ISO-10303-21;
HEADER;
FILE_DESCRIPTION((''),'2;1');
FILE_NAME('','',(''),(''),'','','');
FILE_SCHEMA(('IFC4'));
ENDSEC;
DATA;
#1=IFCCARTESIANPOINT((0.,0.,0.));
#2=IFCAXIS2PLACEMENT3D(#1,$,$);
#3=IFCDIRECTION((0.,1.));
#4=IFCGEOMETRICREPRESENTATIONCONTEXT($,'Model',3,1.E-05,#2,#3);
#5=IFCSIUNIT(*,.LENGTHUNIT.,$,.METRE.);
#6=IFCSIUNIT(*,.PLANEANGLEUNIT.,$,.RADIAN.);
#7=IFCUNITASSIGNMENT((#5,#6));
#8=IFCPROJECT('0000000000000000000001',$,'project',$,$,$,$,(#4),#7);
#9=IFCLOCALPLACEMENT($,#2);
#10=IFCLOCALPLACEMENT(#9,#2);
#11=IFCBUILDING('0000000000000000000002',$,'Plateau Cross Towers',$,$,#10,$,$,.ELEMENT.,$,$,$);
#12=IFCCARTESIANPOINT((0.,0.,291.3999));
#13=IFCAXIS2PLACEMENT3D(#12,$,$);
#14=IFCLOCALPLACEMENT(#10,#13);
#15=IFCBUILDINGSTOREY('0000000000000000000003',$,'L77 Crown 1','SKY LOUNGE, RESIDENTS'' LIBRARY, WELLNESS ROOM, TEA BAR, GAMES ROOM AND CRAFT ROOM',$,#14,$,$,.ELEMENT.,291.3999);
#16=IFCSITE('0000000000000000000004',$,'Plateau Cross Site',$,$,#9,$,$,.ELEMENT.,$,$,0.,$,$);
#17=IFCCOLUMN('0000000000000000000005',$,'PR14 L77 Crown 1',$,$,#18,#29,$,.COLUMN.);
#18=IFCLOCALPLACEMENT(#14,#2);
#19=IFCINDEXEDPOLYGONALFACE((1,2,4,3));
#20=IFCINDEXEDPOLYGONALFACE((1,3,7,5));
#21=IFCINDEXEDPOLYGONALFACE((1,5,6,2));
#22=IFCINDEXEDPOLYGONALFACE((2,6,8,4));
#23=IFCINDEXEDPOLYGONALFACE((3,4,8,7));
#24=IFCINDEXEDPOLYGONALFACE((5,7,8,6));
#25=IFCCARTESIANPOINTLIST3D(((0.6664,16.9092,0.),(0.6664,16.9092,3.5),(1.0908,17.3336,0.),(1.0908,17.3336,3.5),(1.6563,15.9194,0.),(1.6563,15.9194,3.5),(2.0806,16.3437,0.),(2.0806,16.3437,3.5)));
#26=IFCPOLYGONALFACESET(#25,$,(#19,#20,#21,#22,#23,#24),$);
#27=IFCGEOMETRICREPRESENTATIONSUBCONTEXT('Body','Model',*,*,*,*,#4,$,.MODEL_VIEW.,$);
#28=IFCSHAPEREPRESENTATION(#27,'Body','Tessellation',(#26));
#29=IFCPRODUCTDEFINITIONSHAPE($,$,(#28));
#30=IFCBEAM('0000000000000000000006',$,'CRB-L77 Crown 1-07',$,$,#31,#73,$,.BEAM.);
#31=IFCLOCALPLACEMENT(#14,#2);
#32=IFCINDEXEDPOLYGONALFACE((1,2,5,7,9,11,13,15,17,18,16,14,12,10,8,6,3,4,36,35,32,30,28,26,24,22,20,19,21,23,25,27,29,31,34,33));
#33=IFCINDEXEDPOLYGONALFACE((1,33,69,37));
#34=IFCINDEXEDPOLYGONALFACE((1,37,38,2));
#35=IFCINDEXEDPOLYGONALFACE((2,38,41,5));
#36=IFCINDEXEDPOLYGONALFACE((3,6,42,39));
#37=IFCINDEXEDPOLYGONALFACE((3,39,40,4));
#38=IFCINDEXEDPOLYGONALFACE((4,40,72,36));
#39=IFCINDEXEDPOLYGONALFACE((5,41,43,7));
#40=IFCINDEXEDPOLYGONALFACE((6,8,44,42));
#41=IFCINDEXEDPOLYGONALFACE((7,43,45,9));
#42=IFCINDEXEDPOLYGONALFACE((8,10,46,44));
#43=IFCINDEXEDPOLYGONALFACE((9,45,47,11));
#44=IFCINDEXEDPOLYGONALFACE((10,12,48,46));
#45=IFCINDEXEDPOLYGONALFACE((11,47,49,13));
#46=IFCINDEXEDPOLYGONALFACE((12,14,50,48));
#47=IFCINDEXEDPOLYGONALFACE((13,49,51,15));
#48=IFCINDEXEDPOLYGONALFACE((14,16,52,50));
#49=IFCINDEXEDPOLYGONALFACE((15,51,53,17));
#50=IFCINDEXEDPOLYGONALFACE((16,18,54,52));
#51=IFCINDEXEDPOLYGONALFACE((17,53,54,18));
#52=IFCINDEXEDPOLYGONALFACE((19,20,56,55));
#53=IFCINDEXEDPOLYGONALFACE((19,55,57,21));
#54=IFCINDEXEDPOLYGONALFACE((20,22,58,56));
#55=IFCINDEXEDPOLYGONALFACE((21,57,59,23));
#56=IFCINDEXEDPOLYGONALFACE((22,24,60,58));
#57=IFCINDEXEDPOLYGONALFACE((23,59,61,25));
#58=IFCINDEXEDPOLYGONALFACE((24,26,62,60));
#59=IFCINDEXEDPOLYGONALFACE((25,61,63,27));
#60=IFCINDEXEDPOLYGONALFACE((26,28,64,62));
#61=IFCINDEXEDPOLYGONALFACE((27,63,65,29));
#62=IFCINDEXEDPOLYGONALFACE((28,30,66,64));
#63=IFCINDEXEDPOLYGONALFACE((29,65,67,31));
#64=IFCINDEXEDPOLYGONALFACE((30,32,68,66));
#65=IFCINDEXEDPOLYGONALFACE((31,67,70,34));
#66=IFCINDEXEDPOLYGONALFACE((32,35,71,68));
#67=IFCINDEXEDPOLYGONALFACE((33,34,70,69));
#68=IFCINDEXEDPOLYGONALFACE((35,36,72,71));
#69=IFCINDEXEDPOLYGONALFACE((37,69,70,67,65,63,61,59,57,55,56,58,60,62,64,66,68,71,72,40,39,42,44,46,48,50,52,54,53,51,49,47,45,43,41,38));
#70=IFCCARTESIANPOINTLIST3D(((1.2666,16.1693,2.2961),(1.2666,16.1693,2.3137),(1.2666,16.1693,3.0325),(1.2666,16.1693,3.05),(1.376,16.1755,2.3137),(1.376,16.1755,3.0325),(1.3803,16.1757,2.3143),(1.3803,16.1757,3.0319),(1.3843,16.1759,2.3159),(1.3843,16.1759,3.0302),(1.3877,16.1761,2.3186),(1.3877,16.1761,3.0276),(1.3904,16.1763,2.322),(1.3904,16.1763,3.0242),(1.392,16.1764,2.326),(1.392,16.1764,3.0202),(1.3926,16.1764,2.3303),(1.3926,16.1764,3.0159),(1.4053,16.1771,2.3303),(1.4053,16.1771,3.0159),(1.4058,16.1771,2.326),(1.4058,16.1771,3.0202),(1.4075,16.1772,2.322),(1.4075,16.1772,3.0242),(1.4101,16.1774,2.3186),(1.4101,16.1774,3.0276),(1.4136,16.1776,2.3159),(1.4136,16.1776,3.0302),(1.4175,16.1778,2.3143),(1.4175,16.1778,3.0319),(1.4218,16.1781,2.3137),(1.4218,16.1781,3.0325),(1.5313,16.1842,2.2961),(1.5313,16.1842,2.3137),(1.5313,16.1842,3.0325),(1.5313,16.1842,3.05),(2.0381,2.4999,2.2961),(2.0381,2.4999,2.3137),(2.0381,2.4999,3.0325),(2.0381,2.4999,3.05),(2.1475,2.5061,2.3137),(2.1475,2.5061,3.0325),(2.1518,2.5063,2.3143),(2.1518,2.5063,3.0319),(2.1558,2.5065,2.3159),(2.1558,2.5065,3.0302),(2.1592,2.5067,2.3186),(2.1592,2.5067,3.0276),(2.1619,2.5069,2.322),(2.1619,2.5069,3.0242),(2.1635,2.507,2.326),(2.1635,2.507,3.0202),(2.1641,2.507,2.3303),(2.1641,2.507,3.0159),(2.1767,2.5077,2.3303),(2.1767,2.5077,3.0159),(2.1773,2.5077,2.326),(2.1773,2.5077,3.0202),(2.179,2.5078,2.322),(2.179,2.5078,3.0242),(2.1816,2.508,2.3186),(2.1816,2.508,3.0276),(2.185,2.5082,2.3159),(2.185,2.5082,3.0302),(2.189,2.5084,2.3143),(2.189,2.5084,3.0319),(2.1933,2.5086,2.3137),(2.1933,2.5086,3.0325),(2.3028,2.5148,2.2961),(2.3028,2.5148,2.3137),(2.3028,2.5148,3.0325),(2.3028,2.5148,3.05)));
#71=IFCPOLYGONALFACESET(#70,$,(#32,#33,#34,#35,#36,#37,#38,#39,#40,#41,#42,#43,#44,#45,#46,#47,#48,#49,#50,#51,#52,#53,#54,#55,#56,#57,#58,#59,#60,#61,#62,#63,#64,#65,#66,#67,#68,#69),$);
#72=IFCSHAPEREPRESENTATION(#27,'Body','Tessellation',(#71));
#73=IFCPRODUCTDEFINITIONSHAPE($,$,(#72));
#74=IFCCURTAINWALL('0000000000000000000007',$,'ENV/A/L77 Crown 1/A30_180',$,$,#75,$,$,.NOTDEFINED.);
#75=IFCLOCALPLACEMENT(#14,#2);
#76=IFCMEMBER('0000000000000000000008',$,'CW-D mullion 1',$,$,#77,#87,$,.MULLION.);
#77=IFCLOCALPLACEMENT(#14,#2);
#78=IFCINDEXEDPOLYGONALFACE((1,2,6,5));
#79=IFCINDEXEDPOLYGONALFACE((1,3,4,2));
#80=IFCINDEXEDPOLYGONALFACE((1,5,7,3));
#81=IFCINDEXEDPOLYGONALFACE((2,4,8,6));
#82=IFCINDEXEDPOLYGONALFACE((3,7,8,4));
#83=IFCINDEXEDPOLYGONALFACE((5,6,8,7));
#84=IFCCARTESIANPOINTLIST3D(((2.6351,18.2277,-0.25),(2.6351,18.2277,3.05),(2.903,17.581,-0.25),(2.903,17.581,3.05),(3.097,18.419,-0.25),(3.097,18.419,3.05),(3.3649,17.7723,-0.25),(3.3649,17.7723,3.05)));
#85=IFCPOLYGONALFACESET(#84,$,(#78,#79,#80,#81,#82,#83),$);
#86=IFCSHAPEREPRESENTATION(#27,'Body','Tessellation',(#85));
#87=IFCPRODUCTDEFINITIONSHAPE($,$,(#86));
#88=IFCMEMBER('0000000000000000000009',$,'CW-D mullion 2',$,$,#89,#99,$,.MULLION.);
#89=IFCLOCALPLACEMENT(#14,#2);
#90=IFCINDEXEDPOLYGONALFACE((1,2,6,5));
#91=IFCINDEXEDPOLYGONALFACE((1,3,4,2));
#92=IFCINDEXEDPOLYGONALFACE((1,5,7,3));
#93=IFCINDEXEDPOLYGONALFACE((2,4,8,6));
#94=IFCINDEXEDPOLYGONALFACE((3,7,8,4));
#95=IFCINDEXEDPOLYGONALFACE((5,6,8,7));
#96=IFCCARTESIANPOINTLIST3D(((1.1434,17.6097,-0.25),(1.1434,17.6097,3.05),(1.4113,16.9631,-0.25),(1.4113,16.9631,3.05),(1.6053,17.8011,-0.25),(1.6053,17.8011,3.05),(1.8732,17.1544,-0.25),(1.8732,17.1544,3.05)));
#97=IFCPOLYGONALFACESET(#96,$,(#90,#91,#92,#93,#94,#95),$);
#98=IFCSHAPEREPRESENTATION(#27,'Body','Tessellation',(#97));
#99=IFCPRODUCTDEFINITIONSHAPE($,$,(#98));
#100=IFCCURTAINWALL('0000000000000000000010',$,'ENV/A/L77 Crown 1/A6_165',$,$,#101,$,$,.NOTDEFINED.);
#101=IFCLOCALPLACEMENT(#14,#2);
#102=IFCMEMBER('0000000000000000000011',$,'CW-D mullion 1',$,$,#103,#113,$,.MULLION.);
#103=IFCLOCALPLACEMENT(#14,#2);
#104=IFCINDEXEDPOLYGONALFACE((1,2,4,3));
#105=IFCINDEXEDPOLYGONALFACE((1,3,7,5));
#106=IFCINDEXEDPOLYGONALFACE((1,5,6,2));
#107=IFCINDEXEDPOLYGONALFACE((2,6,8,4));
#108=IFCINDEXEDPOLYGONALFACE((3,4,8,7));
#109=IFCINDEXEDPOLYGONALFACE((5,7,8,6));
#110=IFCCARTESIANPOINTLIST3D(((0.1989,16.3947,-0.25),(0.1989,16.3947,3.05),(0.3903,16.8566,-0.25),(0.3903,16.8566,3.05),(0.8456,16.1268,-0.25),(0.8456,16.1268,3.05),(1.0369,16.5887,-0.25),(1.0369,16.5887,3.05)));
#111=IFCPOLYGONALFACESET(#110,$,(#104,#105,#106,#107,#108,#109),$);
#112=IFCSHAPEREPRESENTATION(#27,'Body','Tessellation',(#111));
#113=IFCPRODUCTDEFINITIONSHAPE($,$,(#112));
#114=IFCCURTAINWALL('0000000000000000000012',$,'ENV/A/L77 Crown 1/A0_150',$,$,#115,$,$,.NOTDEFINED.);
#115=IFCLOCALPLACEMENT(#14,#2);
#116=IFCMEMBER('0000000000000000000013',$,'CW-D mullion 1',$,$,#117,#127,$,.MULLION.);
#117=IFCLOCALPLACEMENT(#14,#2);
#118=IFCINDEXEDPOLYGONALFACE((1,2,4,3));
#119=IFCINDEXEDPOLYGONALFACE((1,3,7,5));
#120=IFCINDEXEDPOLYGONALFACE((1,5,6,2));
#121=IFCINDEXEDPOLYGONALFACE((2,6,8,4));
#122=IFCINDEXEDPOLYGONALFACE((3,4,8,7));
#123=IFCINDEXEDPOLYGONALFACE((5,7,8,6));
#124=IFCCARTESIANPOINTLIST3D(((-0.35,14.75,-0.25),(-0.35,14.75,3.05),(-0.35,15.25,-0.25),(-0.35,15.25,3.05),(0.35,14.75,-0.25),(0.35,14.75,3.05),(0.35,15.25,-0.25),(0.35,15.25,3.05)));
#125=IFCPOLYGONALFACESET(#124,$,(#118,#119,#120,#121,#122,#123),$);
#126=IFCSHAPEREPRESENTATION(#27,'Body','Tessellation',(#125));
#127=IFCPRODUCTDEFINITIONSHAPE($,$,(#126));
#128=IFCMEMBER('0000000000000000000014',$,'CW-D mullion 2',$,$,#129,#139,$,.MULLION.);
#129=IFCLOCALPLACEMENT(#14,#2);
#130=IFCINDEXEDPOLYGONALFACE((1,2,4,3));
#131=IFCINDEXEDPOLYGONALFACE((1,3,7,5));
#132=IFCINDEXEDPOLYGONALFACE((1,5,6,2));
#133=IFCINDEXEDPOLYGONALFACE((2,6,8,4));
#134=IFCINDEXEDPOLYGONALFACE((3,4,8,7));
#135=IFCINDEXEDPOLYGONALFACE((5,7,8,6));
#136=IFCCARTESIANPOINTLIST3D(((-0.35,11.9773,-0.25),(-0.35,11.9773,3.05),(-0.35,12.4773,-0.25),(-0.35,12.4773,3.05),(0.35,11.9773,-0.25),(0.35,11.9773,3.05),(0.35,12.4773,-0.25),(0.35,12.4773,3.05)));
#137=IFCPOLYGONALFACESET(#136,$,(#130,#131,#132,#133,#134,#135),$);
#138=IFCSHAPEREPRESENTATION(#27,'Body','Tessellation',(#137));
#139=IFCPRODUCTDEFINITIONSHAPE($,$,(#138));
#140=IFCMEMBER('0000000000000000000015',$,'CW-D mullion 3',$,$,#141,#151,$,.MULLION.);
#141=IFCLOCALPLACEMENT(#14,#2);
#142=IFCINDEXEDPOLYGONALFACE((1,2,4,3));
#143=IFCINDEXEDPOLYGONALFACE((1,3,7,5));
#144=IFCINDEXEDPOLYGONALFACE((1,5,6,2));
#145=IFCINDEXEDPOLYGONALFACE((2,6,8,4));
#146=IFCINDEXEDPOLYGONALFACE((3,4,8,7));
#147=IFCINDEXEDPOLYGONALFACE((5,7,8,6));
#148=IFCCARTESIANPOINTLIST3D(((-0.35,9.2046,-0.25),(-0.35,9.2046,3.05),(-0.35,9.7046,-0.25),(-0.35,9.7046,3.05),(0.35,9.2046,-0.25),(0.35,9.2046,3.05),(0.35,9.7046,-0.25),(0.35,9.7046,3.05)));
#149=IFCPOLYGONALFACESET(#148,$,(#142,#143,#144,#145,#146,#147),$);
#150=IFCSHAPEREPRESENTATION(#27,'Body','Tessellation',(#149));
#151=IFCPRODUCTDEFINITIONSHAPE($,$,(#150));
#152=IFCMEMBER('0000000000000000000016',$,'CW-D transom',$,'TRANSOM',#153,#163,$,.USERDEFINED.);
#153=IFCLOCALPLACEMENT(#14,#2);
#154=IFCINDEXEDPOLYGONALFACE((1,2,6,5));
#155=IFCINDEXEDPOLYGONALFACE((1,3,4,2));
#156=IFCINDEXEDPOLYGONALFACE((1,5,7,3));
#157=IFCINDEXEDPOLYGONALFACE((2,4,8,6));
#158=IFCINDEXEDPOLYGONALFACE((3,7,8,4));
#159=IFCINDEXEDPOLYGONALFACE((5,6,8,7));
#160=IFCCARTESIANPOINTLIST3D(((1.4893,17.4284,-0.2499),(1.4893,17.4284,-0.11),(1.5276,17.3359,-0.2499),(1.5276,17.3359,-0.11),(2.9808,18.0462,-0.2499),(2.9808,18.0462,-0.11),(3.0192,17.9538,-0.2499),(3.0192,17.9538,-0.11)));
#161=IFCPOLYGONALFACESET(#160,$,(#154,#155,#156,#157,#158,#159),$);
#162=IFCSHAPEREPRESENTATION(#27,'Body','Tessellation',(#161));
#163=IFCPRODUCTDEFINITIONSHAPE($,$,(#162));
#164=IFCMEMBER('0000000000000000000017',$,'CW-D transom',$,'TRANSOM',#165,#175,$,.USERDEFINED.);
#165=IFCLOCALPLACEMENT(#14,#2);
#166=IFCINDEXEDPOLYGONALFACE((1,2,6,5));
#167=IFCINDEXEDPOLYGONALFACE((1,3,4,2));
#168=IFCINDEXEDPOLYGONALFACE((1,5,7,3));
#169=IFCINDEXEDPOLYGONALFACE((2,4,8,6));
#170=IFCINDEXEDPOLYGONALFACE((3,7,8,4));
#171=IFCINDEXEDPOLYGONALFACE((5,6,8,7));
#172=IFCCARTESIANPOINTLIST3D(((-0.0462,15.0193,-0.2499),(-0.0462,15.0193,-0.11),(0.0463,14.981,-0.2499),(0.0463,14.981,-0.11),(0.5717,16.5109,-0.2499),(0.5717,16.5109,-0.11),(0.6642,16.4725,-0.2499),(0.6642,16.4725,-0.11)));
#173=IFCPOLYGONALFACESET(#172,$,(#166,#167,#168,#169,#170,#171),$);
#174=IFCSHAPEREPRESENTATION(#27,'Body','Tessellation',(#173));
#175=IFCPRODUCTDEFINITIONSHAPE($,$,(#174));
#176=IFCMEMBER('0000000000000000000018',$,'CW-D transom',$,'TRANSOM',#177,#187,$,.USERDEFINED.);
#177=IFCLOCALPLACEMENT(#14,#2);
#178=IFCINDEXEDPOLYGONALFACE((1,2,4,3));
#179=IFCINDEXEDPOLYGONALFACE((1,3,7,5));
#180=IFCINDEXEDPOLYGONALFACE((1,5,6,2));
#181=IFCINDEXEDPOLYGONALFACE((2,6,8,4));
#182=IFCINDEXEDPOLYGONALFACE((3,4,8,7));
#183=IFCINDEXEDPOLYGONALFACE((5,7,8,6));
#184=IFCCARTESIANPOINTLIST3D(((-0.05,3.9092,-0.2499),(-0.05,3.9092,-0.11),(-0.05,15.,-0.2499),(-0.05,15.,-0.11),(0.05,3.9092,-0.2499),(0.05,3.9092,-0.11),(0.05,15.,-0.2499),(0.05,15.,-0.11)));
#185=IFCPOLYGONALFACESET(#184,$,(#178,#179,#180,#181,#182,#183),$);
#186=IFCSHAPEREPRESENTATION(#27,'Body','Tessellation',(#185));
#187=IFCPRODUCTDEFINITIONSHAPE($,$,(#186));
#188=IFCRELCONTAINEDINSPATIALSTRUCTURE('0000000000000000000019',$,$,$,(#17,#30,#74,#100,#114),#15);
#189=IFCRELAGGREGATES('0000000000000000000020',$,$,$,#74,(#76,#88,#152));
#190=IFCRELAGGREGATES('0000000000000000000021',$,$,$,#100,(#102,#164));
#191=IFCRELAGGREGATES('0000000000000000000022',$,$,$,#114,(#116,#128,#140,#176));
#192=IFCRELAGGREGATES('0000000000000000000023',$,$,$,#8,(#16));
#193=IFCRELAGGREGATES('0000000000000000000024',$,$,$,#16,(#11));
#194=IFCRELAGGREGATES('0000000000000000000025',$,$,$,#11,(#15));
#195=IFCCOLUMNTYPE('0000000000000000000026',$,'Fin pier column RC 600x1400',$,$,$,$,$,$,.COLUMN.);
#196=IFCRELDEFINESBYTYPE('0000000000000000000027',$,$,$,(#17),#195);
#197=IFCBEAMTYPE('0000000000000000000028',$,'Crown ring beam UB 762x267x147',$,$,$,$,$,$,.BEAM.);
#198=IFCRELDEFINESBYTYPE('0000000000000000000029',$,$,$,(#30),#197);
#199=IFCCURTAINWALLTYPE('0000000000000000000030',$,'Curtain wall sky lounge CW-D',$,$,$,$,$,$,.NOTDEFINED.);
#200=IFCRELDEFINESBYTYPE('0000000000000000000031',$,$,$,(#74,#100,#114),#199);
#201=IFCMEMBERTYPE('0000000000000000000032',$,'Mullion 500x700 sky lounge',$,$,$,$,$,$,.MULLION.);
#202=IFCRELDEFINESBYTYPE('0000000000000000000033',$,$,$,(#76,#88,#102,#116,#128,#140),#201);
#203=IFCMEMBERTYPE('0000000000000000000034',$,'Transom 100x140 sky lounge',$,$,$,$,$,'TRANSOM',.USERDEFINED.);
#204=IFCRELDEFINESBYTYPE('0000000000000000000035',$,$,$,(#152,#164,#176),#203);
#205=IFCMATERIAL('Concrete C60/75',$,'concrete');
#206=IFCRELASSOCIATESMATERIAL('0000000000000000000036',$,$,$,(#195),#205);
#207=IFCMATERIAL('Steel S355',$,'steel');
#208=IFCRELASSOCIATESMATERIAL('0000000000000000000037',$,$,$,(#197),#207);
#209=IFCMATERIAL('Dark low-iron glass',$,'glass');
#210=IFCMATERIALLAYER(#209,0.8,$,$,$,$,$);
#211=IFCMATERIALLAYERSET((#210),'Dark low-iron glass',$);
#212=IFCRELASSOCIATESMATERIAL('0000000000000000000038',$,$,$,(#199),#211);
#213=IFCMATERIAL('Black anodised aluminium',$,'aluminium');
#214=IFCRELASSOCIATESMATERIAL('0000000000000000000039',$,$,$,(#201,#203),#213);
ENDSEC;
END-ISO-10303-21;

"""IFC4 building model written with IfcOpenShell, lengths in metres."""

from ifc_helpers import new_model, si_unit, direction, frame, origin, origin_2d, place, context, subcontext, project, spatial, rectangle, i_section, extrude, material, layer, layer_set, material_profile, profile_set, type_object, element, aggregate, save


model = new_model("IFC4")

# Units and contexts
model_context = context("Model", 3, precision=1e-05, world=origin(), true_north=direction((0.0, 1.0)))
body_context = subcontext(model_context, "Body", "Model", "MODEL_VIEW")
ifc_project = project(units=[si_unit("LENGTHUNIT", "METRE"), si_unit("PLANEANGLEUNIT", "RADIAN")], contexts=[model_context])

# Site, building, storey
site_placement = place(None, origin())
site = spatial("IfcSite", under=ifc_project, at=site_placement, Name="Plateau Cross Site", CompositionType="ELEMENT", RefElevation=0.0)
building_placement = place(site_placement, origin())
building = spatial("IfcBuilding", under=site, at=building_placement, Name="Plateau Cross Towers", CompositionType="ELEMENT")
storey_placement = place(building_placement, frame((0.0, 0.0, 291.3999)))
storey = spatial("IfcBuildingStorey", under=building, at=storey_placement, Name="L77 Crown 1", Description="SKY LOUNGE, RESIDENTS' LIBRARY, WELLNESS ROOM, TEA BAR, GAMES ROOM AND CRAFT ROOM", CompositionType="ELEMENT", Elevation=291.3999)

# Column
ifc_material_1 = material(Name="Concrete C60/75", Category="concrete")
ifc_material_profile_1 = material_profile(ifc_material_1, rectangle(XDim=0.6001, YDim=1.3999, at=origin_2d()), Name="RC 600x1400")
ifc_profile_set_1 = profile_set([ifc_material_profile_1], Name="Concrete C60/75")
column_type = type_object("IfcColumnType", Name="Fin pier column RC 600x1400", PredefinedType="COLUMN", material=ifc_profile_set_1)
column_placement = place(storey_placement, frame((1.3735, 16.6265, 0.0), z_axis=(0.0, 0.0, 1.0), x_axis=(0.707107, 0.707107, 0.0)))
element("IfcColumn", 1, at=column_placement, inside=storey, type_object=column_type, Name="PR14 L77 Crown 1", PredefinedType="COLUMN", context=body_context, shape_type="SweptSolid", body=[
    extrude(rectangle(XDim=0.6001, YDim=1.3999, at=origin_2d()), origin(), (0.0, 0.0, 1.0), 3.5),
])

# Beam
ifc_material_2 = material(Name="Steel S355", Category="steel")
ifc_material_profile_2 = material_profile(ifc_material_2, i_section(OverallWidth=0.2651, OverallDepth=0.7539, WebThickness=0.0127, FlangeThickness=0.0176, FilletRadius=0.0166, at=origin_2d()), Name="UB 762x267x147")
ifc_profile_set_2 = profile_set([ifc_material_profile_2], Name="Steel S355")
beam_type = type_object("IfcBeamType", Name="Crown ring beam UB 762x267x147", PredefinedType="BEAM", material=ifc_profile_set_2)
beam_placement = place(storey_placement, frame((1.3989, 16.1768, 2.6731), z_axis=(0.056349, -0.998411, 0.0), x_axis=(0.998411, 0.056349, 0.0)))
element("IfcBeam", 2, at=beam_placement, inside=storey, type_object=beam_type, Name="CRB-L77 Crown 1-07", PredefinedType="BEAM", context=body_context, shape_type="SweptSolid", body=[
    extrude(i_section(OverallWidth=0.2651, OverallDepth=0.7539, WebThickness=0.0127, FlangeThickness=0.0176, FilletRadius=0.0166, at=origin_2d()), origin(), (0.0, 0.0, 1.0), 13.6912),
])

# Curtain wall, members
ifc_material_3 = material(Name="Dark low-iron glass", Category="glass")
ifc_layer_1 = layer(ifc_material_3, 0.8)
ifc_layer_set_1 = layer_set([ifc_layer_1], Name="Dark low-iron glass")
curtain_wall_type = type_object("IfcCurtainWallType", Name="Curtain wall sky lounge CW-D", PredefinedType="NOTDEFINED", material=ifc_layer_set_1)
curtain_wall_1_placement = place(storey_placement, origin())
curtain_wall_1 = element("IfcCurtainWall", 3, at=curtain_wall_1_placement, inside=storey, type_object=curtain_wall_type, Name="ENV/A/L77 Crown 1/A30_180", PredefinedType="NOTDEFINED")
ifc_material_4 = material(Name="Black anodised aluminium", Category="aluminium")
ifc_material_profile_3 = material_profile(ifc_material_4, rectangle(XDim=0.5, YDim=0.7, at=origin_2d()), Name="MULLION 500x700")
ifc_profile_set_3 = profile_set([ifc_material_profile_3], Name="Black anodised aluminium")
member_type_1 = type_object("IfcMemberType", Name="Mullion 500x700 sky lounge", PredefinedType="MULLION", material=ifc_profile_set_3)
member_1_placement = place(storey_placement, frame((3.0, 18.0, -0.25), z_axis=(0.0, 0.0, 1.0), x_axis=(-0.923879, -0.382684, 0.0)))
member_1 = element("IfcMember", 4, at=member_1_placement, type_object=member_type_1, Name="CW-D mullion 1", PredefinedType="MULLION", context=body_context, shape_type="SweptSolid", body=[
    extrude(rectangle(XDim=0.5, YDim=0.7, at=origin_2d()), origin(), (0.0, 0.0, 1.0), 3.3),
])
member_2_placement = place(storey_placement, frame((1.5083, 17.3821, -0.25), z_axis=(0.0, 0.0, 1.0), x_axis=(-0.923879, -0.382684, 0.0)))
member_2 = element("IfcMember", 5, at=member_2_placement, type_object=member_type_1, Name="CW-D mullion 2", PredefinedType="MULLION", context=body_context, shape_type="SweptSolid", body=[
    extrude(rectangle(XDim=0.5, YDim=0.7, at=origin_2d()), origin(), (0.0, 0.0, 1.0), 3.3),
])

# Curtain wall, member
curtain_wall_2_placement = place(storey_placement, origin())
curtain_wall_2 = element("IfcCurtainWall", 6, at=curtain_wall_2_placement, inside=storey, type_object=curtain_wall_type, Name="ENV/A/L77 Crown 1/A6_165", PredefinedType="NOTDEFINED")
member_3_placement = place(storey_placement, frame((0.6179, 16.4917, -0.25), z_axis=(0.0, 0.0, 1.0), x_axis=(-0.382684, -0.923879, 0.0)))
member_3 = element("IfcMember", 7, at=member_3_placement, type_object=member_type_1, Name="CW-D mullion 1", PredefinedType="MULLION", context=body_context, shape_type="SweptSolid", body=[
    extrude(rectangle(XDim=0.5, YDim=0.7, at=origin_2d()), origin(), (0.0, 0.0, 1.0), 3.3),
])

# Curtain wall, members
curtain_wall_3_placement = place(storey_placement, origin())
curtain_wall_3 = element("IfcCurtainWall", 8, at=curtain_wall_3_placement, inside=storey, type_object=curtain_wall_type, Name="ENV/A/L77 Crown 1/A0_150", PredefinedType="NOTDEFINED")
member_4_placement = place(storey_placement, frame((0.0, 15.0, -0.25), z_axis=(0.0, 0.0, 1.0), x_axis=(0.0, -1.0, 0.0)))
member_4 = element("IfcMember", 9, at=member_4_placement, type_object=member_type_1, Name="CW-D mullion 1", PredefinedType="MULLION", context=body_context, shape_type="SweptSolid", body=[
    extrude(rectangle(XDim=0.5, YDim=0.7, at=origin_2d()), origin(), (0.0, 0.0, 1.0), 3.3),
])
member_5_placement = place(storey_placement, frame((0.0, 12.2273, -0.25), z_axis=(0.0, 0.0, 1.0), x_axis=(0.0, -1.0, 0.0)))
member_5 = element("IfcMember", 10, at=member_5_placement, type_object=member_type_1, Name="CW-D mullion 2", PredefinedType="MULLION", context=body_context, shape_type="SweptSolid", body=[
    extrude(rectangle(XDim=0.5, YDim=0.7, at=origin_2d()), origin(), (0.0, 0.0, 1.0), 3.3),
])
member_6_placement = place(storey_placement, frame((0.0, 9.4546, -0.25), z_axis=(0.0, 0.0, 1.0), x_axis=(0.0, -1.0, 0.0)))
member_6 = element("IfcMember", 11, at=member_6_placement, type_object=member_type_1, Name="CW-D mullion 3", PredefinedType="MULLION", context=body_context, shape_type="SweptSolid", body=[
    extrude(rectangle(XDim=0.5, YDim=0.7, at=origin_2d()), origin(), (0.0, 0.0, 1.0), 3.3),
])

# Members
ifc_material_profile_4 = material_profile(ifc_material_4, rectangle(XDim=0.1001, YDim=0.1399, at=origin_2d()), Name="TRANSOM 100x140")
ifc_profile_set_4 = profile_set([ifc_material_profile_4], Name="Black anodised aluminium")
member_type_2 = type_object("IfcMemberType", Name="Transom 100x140 sky lounge", ElementType="TRANSOM", PredefinedType="USERDEFINED", material=ifc_profile_set_4)
member_7_placement = place(storey_placement, frame((3.0, 18.0, -0.1799), z_axis=(-0.923871, -0.382703, 0.0), x_axis=(0.382703, -0.923871, 0.0)))
member_7 = element("IfcMember", 12, at=member_7_placement, type_object=member_type_2, Name="CW-D transom", ObjectType="TRANSOM", PredefinedType="USERDEFINED", context=body_context, shape_type="SweptSolid", body=[
    extrude(rectangle(XDim=0.1001, YDim=0.1399, at=origin_2d()), origin(), (0.0, 0.0, 1.0), 1.6145),
])
member_8_placement = place(storey_placement, frame((0.6179, 16.4917, -0.1799), z_axis=(-0.382703, -0.923871, 0.0), x_axis=(0.923871, -0.382703, 0.0)))
member_8 = element("IfcMember", 13, at=member_8_placement, type_object=member_type_2, Name="CW-D transom", ObjectType="TRANSOM", PredefinedType="USERDEFINED", context=body_context, shape_type="SweptSolid", body=[
    extrude(rectangle(XDim=0.1001, YDim=0.1399, at=origin_2d()), origin(), (0.0, 0.0, 1.0), 1.6145),
])
member_9_placement = place(storey_placement, frame((0.0, 15.0, -0.1799), z_axis=(0.0, -1.0, 0.0), x_axis=(1.0, 0.0, 0.0)))
member_9 = element("IfcMember", 14, at=member_9_placement, type_object=member_type_2, Name="CW-D transom", ObjectType="TRANSOM", PredefinedType="USERDEFINED", context=body_context, shape_type="SweptSolid", body=[
    extrude(rectangle(XDim=0.1001, YDim=0.1399, at=origin_2d()), origin(), (0.0, 0.0, 1.0), 11.0908),
])

aggregate(curtain_wall_1, [member_1, member_2, member_7])
aggregate(curtain_wall_2, [member_3, member_8])
aggregate(curtain_wall_3, [member_4, member_5, member_6, member_9])

save(model, "model.ifc")
